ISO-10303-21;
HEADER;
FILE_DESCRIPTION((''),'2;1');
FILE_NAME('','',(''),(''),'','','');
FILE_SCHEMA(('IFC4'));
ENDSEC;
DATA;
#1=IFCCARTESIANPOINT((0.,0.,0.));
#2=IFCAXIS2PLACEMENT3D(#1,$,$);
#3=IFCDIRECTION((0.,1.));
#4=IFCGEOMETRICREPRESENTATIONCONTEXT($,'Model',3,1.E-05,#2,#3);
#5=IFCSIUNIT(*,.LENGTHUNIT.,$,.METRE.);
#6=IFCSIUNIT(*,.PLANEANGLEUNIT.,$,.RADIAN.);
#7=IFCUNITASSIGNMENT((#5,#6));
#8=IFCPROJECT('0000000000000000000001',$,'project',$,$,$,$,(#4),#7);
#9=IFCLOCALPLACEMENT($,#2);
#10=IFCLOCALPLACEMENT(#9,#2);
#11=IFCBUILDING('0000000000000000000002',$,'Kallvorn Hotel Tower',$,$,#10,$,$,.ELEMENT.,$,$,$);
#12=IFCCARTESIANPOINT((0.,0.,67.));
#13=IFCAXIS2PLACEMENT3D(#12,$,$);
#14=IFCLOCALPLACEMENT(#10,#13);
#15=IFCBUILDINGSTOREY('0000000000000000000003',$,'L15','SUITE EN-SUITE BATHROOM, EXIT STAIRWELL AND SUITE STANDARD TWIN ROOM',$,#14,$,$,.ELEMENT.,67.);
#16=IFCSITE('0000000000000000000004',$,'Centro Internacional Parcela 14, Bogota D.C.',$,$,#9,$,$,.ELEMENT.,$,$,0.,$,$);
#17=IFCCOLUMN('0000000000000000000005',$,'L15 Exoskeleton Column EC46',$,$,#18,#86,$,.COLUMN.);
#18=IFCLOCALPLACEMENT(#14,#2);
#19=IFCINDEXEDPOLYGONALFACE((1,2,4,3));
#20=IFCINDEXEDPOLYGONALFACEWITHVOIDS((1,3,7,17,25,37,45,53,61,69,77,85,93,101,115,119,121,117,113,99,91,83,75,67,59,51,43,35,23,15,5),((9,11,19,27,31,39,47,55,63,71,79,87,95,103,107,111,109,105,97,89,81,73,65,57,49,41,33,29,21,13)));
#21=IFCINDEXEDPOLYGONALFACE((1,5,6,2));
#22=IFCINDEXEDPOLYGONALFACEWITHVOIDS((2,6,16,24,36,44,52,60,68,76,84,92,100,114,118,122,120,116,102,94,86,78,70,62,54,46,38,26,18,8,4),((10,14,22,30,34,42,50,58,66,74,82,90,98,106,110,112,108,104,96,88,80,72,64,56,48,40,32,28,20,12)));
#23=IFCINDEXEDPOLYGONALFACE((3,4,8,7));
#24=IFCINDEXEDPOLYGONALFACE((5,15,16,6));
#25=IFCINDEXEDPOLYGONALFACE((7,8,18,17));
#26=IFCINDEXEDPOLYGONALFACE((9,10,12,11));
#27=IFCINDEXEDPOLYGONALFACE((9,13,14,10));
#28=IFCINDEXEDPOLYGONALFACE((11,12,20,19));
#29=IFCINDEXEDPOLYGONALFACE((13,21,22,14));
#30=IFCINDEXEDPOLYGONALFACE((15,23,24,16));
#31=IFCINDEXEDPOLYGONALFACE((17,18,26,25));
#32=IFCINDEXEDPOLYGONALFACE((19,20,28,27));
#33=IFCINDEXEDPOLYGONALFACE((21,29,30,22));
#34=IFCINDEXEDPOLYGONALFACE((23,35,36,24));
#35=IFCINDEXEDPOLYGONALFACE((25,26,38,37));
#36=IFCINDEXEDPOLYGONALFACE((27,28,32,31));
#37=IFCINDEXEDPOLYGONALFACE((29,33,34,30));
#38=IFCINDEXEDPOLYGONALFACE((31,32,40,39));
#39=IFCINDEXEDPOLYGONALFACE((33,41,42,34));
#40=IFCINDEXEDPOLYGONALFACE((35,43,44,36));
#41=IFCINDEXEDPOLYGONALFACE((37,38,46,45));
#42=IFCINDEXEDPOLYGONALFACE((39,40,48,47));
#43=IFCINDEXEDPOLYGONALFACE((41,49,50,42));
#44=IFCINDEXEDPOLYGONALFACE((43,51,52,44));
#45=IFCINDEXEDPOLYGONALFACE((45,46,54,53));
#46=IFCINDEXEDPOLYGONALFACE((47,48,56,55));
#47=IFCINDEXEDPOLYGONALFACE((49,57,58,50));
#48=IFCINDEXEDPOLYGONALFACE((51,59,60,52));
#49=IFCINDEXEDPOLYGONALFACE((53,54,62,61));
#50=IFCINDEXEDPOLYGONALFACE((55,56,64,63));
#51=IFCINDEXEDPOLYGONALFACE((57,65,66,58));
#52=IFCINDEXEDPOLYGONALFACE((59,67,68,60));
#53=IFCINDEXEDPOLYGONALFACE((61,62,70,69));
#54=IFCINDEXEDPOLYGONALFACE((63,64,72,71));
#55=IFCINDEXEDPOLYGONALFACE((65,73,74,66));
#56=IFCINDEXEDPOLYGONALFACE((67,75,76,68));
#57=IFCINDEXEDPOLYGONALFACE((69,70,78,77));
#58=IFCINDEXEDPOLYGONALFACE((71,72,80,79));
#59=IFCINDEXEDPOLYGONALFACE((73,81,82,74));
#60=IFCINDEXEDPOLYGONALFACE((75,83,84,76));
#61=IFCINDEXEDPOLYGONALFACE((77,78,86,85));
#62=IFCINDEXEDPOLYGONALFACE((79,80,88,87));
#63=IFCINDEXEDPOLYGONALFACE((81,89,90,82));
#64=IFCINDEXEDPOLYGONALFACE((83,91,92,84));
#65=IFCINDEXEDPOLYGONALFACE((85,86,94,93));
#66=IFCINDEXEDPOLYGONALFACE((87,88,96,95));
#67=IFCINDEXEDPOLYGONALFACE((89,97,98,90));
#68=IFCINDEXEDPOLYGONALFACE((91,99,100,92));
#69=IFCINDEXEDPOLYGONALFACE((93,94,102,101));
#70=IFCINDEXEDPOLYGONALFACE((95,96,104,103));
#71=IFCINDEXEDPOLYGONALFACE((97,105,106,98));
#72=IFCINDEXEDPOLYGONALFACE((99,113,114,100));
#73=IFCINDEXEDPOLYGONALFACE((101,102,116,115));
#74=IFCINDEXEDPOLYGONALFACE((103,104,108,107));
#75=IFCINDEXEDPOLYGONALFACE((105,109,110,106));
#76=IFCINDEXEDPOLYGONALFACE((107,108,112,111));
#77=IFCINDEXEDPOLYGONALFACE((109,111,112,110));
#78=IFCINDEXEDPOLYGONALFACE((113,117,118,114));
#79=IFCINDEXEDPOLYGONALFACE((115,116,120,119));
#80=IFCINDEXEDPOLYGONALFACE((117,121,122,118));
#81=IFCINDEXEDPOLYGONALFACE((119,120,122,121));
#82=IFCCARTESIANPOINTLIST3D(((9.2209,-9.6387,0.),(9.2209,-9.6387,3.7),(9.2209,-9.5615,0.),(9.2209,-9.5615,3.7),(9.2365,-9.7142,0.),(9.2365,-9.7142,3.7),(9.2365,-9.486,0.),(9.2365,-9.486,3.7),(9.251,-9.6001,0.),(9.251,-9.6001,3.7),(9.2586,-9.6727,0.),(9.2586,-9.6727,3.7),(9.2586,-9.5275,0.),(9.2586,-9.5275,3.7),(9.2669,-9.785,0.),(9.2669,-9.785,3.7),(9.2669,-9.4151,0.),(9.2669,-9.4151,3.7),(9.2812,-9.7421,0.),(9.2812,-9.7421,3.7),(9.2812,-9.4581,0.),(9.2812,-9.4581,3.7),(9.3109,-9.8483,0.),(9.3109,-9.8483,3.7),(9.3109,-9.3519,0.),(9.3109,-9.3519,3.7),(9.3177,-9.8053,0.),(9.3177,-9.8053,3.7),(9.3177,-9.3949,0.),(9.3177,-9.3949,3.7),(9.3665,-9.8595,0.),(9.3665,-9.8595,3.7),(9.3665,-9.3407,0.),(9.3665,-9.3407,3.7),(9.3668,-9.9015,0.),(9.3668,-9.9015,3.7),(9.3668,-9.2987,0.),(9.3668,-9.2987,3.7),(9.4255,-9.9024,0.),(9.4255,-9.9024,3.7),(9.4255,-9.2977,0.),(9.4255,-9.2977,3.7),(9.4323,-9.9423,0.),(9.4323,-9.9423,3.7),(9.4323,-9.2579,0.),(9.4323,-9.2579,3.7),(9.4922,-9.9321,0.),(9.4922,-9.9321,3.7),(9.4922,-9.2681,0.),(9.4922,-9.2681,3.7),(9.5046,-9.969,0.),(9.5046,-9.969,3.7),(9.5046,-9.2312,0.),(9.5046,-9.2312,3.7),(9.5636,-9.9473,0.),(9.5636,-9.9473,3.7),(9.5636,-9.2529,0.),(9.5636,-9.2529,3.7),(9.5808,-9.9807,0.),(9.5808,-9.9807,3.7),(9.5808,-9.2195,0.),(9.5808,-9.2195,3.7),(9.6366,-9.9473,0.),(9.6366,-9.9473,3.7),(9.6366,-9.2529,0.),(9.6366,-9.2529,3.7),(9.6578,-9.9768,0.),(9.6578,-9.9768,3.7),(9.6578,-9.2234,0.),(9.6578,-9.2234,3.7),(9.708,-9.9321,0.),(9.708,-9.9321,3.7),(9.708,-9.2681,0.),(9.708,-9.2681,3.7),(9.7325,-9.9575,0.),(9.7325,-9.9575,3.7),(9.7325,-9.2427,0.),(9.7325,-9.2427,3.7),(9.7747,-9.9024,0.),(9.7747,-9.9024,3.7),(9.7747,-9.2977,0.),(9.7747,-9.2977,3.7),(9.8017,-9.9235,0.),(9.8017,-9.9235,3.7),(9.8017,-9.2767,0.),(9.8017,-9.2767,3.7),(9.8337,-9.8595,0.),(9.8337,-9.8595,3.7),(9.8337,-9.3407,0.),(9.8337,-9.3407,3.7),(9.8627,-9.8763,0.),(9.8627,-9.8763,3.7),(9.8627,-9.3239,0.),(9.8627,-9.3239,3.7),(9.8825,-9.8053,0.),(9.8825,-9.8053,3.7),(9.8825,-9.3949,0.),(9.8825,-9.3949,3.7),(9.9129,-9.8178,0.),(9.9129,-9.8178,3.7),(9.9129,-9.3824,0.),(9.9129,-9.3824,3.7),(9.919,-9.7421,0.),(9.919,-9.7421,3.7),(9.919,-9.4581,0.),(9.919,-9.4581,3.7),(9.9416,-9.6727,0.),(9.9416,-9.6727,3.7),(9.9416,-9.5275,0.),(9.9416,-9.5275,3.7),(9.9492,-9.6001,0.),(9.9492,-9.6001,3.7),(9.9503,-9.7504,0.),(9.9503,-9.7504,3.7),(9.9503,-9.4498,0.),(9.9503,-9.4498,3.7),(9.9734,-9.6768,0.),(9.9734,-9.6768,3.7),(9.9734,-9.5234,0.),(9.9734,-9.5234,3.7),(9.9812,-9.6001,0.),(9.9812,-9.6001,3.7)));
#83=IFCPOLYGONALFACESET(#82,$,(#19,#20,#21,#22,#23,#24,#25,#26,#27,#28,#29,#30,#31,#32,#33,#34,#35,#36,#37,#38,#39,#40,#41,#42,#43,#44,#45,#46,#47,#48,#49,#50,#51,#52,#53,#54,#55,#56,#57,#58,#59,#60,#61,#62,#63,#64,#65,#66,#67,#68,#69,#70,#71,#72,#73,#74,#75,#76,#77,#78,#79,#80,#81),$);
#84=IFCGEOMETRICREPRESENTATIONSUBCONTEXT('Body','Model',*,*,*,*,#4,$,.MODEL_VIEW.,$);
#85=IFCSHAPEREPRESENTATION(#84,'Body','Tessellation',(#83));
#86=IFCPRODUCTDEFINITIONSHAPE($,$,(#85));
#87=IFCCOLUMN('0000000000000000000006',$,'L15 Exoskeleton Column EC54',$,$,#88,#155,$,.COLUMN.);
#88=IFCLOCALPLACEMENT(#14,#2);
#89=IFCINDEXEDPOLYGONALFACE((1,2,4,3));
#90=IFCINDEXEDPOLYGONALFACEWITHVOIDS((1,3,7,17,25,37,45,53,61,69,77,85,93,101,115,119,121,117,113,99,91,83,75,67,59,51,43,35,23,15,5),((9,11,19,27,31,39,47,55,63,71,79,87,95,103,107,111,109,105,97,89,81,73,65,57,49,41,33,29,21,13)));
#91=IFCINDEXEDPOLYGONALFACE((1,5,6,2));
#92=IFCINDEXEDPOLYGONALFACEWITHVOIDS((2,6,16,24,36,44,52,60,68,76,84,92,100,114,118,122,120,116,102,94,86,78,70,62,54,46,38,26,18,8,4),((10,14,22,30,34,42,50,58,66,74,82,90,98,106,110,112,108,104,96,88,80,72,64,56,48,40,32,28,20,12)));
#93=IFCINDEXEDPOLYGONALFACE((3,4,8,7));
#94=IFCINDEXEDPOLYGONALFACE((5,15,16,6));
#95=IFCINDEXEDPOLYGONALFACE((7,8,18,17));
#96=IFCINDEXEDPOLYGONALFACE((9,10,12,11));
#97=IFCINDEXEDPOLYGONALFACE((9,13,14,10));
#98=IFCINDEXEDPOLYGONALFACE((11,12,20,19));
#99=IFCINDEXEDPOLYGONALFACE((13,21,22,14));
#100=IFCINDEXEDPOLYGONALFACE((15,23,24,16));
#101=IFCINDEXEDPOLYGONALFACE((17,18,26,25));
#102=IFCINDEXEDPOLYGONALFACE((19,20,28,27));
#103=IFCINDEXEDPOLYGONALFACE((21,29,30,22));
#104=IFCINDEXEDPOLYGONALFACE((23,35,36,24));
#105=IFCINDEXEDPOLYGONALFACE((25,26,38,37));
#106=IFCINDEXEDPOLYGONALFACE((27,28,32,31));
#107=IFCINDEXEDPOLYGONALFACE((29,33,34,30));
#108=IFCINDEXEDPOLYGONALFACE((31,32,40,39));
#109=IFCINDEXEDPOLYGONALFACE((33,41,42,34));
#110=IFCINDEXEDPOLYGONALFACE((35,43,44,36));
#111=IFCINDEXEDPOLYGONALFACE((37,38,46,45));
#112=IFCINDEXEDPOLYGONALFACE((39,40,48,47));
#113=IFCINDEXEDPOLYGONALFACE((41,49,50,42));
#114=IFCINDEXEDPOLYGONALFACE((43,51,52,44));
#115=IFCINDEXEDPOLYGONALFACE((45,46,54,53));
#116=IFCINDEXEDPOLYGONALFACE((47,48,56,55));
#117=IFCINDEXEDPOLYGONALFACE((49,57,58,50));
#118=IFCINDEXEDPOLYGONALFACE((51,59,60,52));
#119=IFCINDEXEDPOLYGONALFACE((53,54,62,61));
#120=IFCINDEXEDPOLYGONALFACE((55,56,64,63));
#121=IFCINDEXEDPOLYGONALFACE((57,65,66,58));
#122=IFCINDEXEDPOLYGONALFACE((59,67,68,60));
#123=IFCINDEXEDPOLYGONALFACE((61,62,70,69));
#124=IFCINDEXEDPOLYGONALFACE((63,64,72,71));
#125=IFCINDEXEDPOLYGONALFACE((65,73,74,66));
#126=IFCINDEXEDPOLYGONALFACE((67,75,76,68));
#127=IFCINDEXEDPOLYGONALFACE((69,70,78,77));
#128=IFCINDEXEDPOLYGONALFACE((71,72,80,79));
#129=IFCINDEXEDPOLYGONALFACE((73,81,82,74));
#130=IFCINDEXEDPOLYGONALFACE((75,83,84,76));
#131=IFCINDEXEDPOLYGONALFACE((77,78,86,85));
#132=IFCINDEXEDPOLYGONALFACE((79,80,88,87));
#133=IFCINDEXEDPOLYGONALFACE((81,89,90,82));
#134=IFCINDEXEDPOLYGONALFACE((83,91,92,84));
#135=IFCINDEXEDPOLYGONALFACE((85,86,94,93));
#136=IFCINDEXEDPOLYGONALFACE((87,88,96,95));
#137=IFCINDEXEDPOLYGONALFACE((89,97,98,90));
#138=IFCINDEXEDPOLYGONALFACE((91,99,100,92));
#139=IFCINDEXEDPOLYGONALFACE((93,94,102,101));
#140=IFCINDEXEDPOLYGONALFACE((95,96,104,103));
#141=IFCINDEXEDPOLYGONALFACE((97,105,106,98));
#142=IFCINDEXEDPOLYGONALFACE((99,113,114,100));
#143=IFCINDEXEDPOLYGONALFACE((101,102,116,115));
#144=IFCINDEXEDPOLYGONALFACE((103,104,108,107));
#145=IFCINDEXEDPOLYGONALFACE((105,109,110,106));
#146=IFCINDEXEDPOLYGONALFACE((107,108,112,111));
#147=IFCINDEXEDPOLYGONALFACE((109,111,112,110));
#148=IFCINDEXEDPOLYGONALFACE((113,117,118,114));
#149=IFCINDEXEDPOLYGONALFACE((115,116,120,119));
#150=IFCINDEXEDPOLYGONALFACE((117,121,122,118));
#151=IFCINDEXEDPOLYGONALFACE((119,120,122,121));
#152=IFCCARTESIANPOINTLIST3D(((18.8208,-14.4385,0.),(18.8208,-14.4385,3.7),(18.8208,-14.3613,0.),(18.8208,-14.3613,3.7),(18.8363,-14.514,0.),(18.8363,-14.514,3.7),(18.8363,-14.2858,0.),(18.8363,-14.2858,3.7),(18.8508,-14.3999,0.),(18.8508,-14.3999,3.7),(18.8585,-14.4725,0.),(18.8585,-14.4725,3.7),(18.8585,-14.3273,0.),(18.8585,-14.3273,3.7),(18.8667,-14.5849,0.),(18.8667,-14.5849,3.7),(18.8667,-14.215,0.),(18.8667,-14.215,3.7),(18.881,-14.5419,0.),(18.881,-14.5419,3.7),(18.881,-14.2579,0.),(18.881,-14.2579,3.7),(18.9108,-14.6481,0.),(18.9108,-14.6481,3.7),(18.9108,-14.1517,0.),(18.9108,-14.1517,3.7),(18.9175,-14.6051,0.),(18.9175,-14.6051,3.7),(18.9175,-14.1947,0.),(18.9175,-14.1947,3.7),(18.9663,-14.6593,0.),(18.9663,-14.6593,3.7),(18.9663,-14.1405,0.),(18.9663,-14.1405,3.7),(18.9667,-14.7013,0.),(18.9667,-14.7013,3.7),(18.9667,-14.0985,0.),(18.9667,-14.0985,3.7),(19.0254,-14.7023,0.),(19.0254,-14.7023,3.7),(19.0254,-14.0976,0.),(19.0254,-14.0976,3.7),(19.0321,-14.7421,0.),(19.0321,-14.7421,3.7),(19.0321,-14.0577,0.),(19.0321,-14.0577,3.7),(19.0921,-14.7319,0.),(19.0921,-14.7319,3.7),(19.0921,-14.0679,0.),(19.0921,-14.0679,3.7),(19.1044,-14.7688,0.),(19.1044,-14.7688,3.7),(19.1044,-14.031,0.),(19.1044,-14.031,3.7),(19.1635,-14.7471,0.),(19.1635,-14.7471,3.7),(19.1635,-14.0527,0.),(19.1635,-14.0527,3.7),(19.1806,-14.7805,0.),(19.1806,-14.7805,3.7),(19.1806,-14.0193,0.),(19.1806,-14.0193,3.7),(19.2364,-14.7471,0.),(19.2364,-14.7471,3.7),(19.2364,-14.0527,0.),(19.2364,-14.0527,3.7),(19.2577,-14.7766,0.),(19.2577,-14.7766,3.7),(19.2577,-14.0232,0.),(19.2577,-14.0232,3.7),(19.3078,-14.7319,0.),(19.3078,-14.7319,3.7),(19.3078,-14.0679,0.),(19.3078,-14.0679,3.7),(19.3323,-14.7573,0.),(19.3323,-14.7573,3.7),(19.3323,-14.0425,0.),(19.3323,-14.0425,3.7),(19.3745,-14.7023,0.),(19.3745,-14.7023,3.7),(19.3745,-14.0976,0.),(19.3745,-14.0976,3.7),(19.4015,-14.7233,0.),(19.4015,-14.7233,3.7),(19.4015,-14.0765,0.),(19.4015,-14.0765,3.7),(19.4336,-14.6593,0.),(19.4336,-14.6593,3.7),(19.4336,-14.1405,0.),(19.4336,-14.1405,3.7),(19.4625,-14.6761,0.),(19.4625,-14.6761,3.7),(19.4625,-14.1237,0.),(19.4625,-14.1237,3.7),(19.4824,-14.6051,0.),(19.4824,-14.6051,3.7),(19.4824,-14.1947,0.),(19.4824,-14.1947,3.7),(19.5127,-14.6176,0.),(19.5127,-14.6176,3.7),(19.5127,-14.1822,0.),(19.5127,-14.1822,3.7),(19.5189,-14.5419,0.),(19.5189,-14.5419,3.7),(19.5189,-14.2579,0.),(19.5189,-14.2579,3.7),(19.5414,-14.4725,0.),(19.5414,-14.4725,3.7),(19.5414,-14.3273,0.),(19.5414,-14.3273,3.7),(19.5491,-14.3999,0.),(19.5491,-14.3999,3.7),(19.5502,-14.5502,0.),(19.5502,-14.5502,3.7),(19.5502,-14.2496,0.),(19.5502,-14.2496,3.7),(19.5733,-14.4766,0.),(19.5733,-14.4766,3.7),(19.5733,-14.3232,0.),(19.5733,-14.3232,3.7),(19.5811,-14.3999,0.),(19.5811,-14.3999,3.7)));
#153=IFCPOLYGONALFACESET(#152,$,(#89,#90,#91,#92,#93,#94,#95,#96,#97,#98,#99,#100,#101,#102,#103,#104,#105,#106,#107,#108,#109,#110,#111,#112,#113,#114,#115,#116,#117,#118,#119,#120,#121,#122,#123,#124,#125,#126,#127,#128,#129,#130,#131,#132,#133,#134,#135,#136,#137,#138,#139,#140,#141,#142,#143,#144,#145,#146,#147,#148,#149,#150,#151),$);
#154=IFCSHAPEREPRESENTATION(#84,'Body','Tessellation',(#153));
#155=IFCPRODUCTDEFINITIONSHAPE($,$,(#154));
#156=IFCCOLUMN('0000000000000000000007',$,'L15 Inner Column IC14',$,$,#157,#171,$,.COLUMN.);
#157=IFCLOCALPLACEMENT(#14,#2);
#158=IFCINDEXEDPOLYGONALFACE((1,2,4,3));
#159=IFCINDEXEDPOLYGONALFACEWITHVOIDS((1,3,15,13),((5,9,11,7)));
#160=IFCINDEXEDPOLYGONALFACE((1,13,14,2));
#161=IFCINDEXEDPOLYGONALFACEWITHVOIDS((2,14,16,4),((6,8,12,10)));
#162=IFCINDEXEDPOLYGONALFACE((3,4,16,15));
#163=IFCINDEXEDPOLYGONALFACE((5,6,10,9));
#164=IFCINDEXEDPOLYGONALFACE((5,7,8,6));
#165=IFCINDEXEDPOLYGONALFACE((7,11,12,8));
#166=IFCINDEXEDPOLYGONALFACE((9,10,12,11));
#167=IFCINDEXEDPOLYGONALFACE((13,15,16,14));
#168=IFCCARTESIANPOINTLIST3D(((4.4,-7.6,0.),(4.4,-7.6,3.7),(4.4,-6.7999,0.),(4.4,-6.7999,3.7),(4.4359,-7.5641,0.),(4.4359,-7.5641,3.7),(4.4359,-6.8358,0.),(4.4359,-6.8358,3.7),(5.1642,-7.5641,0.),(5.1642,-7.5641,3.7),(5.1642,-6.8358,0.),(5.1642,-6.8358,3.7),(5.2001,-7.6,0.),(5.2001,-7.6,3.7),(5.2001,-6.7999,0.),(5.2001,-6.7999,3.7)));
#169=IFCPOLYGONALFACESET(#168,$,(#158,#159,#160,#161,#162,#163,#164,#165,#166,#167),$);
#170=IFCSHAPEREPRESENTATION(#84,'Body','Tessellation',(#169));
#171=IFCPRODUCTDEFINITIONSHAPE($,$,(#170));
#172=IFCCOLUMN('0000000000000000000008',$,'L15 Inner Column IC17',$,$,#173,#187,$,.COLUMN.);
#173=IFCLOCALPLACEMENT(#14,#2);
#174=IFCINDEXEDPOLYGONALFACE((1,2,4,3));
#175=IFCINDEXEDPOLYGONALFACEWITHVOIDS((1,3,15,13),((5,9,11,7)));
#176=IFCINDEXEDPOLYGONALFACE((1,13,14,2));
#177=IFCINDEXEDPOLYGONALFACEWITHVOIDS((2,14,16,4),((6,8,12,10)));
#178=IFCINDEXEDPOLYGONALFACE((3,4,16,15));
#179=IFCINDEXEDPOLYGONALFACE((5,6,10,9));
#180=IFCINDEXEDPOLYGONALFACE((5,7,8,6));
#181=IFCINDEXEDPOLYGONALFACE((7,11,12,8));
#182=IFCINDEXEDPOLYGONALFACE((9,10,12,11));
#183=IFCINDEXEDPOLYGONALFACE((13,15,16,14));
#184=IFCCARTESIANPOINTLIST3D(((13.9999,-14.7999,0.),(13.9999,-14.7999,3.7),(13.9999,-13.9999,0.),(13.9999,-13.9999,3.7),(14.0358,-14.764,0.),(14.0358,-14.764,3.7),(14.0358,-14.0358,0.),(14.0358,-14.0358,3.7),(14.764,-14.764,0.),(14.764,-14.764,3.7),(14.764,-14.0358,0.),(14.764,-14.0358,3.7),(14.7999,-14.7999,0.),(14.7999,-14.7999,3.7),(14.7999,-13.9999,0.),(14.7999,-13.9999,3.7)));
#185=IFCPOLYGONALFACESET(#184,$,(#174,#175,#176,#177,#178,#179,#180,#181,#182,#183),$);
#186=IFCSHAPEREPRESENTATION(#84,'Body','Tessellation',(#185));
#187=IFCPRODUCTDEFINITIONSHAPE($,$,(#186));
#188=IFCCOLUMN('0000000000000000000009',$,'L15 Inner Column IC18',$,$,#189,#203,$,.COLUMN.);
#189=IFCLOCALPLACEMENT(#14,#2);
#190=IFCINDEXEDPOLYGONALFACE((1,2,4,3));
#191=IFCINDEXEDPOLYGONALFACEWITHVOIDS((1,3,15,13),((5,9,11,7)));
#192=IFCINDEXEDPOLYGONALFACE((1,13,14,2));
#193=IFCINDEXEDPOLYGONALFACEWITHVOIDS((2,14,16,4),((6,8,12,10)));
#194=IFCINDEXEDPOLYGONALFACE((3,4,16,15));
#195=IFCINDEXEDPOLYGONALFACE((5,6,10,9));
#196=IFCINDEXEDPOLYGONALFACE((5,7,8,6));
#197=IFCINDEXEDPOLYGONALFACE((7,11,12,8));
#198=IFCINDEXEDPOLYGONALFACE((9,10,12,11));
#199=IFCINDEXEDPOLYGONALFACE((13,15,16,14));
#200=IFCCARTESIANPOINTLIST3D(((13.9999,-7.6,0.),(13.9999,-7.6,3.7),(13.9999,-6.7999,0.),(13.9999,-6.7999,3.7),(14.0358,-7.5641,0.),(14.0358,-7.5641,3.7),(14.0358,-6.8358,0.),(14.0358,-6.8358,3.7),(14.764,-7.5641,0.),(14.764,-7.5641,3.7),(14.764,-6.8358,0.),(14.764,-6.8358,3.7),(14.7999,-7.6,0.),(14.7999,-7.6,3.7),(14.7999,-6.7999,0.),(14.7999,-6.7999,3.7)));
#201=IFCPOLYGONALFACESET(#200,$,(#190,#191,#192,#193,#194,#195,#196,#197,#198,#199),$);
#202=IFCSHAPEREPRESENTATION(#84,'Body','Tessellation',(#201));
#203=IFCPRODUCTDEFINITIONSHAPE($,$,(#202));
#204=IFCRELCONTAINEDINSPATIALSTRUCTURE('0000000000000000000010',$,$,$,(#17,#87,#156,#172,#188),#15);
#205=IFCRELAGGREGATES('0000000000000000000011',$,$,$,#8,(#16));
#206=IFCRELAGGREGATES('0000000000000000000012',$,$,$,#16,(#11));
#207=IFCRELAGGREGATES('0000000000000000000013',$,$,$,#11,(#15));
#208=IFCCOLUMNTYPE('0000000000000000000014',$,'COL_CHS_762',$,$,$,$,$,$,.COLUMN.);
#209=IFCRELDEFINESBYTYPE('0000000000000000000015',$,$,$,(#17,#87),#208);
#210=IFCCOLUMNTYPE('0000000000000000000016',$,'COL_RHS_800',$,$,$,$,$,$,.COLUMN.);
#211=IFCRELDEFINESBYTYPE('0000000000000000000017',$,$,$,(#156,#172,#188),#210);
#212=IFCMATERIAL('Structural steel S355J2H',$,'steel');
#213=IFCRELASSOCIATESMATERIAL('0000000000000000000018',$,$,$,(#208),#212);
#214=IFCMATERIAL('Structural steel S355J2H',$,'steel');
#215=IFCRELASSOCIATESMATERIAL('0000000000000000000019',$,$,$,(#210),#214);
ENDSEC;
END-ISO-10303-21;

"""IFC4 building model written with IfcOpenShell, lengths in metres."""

from ifc_helpers import new_model, si_unit, direction, frame, origin, origin_2d, place, context, subcontext, project, spatial, hollow_rectangle, hollow_circle, extrude, material, material_profile, profile_set, type_object, element, save


model = new_model("IFC4")

# Units and contexts
model_context = context("Model", 3, precision=1e-05, world=origin(), true_north=direction((0.0, 1.0)))
body_context = subcontext(model_context, "Body", "Model", "MODEL_VIEW")
ifc_project = project(units=[si_unit("LENGTHUNIT", "METRE"), si_unit("PLANEANGLEUNIT", "RADIAN")], contexts=[model_context])

# Site, building, storey
site_placement = place(None, origin())
site = spatial("IfcSite", under=ifc_project, at=site_placement, Name="Centro Internacional Parcela 14, Bogota D.C.", CompositionType="ELEMENT", RefElevation=0.0)
building_placement = place(site_placement, origin())
building = spatial("IfcBuilding", under=site, at=building_placement, Name="Kallvorn Hotel Tower", CompositionType="ELEMENT")
storey_placement = place(building_placement, frame((0.0, 0.0, 67.0)))
storey = spatial("IfcBuildingStorey", under=building, at=storey_placement, Name="L15", Description="SUITE EN-SUITE BATHROOM, EXIT STAIRWELL AND SUITE STANDARD TWIN ROOM", CompositionType="ELEMENT", Elevation=67.0)

# Columns
ifc_material_1 = material(Name="Structural steel S355J2H", Category="steel")
ifc_material_profile_1 = material_profile(ifc_material_1, hollow_circle(Radius=0.3811, WallThickness=0.032, at=origin_2d()), Name="CHS 762x32")
ifc_profile_set_1 = profile_set([ifc_material_profile_1], Name="Structural steel S355J2H")
column_type_1 = type_object("IfcColumnType", Name="COL_CHS_762", PredefinedType="COLUMN", material=ifc_profile_set_1)
for number, where, z_axis, x_axis, name in (
    (1, (9.6001, -9.6001, 0.0), (0.0, 0.0, 1.0), (1.0, 0.0, 0.0), "L15 Exoskeleton Column EC46"),
    (2, (19.2, -14.3999, 0.0), (0.0, 0.0, 1.0), (1.0, 0.0, 0.0), "L15 Exoskeleton Column EC54"),
):
    element("IfcColumn", number, at=place(storey_placement, frame(where, z_axis=z_axis, x_axis=x_axis)), inside=storey, type_object=column_type_1, Name=name, PredefinedType="COLUMN", context=body_context, shape_type="SweptSolid", body=[
        extrude(hollow_circle(Radius=0.3811, WallThickness=0.032, at=origin_2d()), origin(), (0.0, 0.0, 1.0), 3.7),
    ])
ifc_material_2 = material(Name="Structural steel S355J2H", Category="steel")
ifc_material_profile_2 = material_profile(ifc_material_2, hollow_rectangle(XDim=0.8, YDim=0.8, WallThickness=0.0359, at=origin_2d()), Name="RHS 800x800x36")
ifc_profile_set_2 = profile_set([ifc_material_profile_2], Name="Structural steel S355J2H")
column_type_2 = type_object("IfcColumnType", Name="COL_RHS_800", PredefinedType="COLUMN", material=ifc_profile_set_2)
for number, where, z_axis, x_axis, name in (
    (3, (4.8, -7.2, 0.0), (0.0, 0.0, 1.0), (1.0, 0.0, 0.0), "L15 Inner Column IC14"),
    (4, (14.3999, -14.3999, 0.0), (0.0, 0.0, 1.0), (1.0, 0.0, 0.0), "L15 Inner Column IC17"),
    (5, (14.3999, -7.2, 0.0), (0.0, 0.0, 1.0), (1.0, 0.0, 0.0), "L15 Inner Column IC18"),
):
    element("IfcColumn", number, at=place(storey_placement, frame(where, z_axis=z_axis, x_axis=x_axis)), inside=storey, type_object=column_type_2, Name=name, PredefinedType="COLUMN", context=body_context, shape_type="SweptSolid", body=[
        extrude(hollow_rectangle(XDim=0.8, YDim=0.8, WallThickness=0.0359, at=origin_2d()), origin(), (0.0, 0.0, 1.0), 3.7),
    ])

save(model, "model.ifc")
